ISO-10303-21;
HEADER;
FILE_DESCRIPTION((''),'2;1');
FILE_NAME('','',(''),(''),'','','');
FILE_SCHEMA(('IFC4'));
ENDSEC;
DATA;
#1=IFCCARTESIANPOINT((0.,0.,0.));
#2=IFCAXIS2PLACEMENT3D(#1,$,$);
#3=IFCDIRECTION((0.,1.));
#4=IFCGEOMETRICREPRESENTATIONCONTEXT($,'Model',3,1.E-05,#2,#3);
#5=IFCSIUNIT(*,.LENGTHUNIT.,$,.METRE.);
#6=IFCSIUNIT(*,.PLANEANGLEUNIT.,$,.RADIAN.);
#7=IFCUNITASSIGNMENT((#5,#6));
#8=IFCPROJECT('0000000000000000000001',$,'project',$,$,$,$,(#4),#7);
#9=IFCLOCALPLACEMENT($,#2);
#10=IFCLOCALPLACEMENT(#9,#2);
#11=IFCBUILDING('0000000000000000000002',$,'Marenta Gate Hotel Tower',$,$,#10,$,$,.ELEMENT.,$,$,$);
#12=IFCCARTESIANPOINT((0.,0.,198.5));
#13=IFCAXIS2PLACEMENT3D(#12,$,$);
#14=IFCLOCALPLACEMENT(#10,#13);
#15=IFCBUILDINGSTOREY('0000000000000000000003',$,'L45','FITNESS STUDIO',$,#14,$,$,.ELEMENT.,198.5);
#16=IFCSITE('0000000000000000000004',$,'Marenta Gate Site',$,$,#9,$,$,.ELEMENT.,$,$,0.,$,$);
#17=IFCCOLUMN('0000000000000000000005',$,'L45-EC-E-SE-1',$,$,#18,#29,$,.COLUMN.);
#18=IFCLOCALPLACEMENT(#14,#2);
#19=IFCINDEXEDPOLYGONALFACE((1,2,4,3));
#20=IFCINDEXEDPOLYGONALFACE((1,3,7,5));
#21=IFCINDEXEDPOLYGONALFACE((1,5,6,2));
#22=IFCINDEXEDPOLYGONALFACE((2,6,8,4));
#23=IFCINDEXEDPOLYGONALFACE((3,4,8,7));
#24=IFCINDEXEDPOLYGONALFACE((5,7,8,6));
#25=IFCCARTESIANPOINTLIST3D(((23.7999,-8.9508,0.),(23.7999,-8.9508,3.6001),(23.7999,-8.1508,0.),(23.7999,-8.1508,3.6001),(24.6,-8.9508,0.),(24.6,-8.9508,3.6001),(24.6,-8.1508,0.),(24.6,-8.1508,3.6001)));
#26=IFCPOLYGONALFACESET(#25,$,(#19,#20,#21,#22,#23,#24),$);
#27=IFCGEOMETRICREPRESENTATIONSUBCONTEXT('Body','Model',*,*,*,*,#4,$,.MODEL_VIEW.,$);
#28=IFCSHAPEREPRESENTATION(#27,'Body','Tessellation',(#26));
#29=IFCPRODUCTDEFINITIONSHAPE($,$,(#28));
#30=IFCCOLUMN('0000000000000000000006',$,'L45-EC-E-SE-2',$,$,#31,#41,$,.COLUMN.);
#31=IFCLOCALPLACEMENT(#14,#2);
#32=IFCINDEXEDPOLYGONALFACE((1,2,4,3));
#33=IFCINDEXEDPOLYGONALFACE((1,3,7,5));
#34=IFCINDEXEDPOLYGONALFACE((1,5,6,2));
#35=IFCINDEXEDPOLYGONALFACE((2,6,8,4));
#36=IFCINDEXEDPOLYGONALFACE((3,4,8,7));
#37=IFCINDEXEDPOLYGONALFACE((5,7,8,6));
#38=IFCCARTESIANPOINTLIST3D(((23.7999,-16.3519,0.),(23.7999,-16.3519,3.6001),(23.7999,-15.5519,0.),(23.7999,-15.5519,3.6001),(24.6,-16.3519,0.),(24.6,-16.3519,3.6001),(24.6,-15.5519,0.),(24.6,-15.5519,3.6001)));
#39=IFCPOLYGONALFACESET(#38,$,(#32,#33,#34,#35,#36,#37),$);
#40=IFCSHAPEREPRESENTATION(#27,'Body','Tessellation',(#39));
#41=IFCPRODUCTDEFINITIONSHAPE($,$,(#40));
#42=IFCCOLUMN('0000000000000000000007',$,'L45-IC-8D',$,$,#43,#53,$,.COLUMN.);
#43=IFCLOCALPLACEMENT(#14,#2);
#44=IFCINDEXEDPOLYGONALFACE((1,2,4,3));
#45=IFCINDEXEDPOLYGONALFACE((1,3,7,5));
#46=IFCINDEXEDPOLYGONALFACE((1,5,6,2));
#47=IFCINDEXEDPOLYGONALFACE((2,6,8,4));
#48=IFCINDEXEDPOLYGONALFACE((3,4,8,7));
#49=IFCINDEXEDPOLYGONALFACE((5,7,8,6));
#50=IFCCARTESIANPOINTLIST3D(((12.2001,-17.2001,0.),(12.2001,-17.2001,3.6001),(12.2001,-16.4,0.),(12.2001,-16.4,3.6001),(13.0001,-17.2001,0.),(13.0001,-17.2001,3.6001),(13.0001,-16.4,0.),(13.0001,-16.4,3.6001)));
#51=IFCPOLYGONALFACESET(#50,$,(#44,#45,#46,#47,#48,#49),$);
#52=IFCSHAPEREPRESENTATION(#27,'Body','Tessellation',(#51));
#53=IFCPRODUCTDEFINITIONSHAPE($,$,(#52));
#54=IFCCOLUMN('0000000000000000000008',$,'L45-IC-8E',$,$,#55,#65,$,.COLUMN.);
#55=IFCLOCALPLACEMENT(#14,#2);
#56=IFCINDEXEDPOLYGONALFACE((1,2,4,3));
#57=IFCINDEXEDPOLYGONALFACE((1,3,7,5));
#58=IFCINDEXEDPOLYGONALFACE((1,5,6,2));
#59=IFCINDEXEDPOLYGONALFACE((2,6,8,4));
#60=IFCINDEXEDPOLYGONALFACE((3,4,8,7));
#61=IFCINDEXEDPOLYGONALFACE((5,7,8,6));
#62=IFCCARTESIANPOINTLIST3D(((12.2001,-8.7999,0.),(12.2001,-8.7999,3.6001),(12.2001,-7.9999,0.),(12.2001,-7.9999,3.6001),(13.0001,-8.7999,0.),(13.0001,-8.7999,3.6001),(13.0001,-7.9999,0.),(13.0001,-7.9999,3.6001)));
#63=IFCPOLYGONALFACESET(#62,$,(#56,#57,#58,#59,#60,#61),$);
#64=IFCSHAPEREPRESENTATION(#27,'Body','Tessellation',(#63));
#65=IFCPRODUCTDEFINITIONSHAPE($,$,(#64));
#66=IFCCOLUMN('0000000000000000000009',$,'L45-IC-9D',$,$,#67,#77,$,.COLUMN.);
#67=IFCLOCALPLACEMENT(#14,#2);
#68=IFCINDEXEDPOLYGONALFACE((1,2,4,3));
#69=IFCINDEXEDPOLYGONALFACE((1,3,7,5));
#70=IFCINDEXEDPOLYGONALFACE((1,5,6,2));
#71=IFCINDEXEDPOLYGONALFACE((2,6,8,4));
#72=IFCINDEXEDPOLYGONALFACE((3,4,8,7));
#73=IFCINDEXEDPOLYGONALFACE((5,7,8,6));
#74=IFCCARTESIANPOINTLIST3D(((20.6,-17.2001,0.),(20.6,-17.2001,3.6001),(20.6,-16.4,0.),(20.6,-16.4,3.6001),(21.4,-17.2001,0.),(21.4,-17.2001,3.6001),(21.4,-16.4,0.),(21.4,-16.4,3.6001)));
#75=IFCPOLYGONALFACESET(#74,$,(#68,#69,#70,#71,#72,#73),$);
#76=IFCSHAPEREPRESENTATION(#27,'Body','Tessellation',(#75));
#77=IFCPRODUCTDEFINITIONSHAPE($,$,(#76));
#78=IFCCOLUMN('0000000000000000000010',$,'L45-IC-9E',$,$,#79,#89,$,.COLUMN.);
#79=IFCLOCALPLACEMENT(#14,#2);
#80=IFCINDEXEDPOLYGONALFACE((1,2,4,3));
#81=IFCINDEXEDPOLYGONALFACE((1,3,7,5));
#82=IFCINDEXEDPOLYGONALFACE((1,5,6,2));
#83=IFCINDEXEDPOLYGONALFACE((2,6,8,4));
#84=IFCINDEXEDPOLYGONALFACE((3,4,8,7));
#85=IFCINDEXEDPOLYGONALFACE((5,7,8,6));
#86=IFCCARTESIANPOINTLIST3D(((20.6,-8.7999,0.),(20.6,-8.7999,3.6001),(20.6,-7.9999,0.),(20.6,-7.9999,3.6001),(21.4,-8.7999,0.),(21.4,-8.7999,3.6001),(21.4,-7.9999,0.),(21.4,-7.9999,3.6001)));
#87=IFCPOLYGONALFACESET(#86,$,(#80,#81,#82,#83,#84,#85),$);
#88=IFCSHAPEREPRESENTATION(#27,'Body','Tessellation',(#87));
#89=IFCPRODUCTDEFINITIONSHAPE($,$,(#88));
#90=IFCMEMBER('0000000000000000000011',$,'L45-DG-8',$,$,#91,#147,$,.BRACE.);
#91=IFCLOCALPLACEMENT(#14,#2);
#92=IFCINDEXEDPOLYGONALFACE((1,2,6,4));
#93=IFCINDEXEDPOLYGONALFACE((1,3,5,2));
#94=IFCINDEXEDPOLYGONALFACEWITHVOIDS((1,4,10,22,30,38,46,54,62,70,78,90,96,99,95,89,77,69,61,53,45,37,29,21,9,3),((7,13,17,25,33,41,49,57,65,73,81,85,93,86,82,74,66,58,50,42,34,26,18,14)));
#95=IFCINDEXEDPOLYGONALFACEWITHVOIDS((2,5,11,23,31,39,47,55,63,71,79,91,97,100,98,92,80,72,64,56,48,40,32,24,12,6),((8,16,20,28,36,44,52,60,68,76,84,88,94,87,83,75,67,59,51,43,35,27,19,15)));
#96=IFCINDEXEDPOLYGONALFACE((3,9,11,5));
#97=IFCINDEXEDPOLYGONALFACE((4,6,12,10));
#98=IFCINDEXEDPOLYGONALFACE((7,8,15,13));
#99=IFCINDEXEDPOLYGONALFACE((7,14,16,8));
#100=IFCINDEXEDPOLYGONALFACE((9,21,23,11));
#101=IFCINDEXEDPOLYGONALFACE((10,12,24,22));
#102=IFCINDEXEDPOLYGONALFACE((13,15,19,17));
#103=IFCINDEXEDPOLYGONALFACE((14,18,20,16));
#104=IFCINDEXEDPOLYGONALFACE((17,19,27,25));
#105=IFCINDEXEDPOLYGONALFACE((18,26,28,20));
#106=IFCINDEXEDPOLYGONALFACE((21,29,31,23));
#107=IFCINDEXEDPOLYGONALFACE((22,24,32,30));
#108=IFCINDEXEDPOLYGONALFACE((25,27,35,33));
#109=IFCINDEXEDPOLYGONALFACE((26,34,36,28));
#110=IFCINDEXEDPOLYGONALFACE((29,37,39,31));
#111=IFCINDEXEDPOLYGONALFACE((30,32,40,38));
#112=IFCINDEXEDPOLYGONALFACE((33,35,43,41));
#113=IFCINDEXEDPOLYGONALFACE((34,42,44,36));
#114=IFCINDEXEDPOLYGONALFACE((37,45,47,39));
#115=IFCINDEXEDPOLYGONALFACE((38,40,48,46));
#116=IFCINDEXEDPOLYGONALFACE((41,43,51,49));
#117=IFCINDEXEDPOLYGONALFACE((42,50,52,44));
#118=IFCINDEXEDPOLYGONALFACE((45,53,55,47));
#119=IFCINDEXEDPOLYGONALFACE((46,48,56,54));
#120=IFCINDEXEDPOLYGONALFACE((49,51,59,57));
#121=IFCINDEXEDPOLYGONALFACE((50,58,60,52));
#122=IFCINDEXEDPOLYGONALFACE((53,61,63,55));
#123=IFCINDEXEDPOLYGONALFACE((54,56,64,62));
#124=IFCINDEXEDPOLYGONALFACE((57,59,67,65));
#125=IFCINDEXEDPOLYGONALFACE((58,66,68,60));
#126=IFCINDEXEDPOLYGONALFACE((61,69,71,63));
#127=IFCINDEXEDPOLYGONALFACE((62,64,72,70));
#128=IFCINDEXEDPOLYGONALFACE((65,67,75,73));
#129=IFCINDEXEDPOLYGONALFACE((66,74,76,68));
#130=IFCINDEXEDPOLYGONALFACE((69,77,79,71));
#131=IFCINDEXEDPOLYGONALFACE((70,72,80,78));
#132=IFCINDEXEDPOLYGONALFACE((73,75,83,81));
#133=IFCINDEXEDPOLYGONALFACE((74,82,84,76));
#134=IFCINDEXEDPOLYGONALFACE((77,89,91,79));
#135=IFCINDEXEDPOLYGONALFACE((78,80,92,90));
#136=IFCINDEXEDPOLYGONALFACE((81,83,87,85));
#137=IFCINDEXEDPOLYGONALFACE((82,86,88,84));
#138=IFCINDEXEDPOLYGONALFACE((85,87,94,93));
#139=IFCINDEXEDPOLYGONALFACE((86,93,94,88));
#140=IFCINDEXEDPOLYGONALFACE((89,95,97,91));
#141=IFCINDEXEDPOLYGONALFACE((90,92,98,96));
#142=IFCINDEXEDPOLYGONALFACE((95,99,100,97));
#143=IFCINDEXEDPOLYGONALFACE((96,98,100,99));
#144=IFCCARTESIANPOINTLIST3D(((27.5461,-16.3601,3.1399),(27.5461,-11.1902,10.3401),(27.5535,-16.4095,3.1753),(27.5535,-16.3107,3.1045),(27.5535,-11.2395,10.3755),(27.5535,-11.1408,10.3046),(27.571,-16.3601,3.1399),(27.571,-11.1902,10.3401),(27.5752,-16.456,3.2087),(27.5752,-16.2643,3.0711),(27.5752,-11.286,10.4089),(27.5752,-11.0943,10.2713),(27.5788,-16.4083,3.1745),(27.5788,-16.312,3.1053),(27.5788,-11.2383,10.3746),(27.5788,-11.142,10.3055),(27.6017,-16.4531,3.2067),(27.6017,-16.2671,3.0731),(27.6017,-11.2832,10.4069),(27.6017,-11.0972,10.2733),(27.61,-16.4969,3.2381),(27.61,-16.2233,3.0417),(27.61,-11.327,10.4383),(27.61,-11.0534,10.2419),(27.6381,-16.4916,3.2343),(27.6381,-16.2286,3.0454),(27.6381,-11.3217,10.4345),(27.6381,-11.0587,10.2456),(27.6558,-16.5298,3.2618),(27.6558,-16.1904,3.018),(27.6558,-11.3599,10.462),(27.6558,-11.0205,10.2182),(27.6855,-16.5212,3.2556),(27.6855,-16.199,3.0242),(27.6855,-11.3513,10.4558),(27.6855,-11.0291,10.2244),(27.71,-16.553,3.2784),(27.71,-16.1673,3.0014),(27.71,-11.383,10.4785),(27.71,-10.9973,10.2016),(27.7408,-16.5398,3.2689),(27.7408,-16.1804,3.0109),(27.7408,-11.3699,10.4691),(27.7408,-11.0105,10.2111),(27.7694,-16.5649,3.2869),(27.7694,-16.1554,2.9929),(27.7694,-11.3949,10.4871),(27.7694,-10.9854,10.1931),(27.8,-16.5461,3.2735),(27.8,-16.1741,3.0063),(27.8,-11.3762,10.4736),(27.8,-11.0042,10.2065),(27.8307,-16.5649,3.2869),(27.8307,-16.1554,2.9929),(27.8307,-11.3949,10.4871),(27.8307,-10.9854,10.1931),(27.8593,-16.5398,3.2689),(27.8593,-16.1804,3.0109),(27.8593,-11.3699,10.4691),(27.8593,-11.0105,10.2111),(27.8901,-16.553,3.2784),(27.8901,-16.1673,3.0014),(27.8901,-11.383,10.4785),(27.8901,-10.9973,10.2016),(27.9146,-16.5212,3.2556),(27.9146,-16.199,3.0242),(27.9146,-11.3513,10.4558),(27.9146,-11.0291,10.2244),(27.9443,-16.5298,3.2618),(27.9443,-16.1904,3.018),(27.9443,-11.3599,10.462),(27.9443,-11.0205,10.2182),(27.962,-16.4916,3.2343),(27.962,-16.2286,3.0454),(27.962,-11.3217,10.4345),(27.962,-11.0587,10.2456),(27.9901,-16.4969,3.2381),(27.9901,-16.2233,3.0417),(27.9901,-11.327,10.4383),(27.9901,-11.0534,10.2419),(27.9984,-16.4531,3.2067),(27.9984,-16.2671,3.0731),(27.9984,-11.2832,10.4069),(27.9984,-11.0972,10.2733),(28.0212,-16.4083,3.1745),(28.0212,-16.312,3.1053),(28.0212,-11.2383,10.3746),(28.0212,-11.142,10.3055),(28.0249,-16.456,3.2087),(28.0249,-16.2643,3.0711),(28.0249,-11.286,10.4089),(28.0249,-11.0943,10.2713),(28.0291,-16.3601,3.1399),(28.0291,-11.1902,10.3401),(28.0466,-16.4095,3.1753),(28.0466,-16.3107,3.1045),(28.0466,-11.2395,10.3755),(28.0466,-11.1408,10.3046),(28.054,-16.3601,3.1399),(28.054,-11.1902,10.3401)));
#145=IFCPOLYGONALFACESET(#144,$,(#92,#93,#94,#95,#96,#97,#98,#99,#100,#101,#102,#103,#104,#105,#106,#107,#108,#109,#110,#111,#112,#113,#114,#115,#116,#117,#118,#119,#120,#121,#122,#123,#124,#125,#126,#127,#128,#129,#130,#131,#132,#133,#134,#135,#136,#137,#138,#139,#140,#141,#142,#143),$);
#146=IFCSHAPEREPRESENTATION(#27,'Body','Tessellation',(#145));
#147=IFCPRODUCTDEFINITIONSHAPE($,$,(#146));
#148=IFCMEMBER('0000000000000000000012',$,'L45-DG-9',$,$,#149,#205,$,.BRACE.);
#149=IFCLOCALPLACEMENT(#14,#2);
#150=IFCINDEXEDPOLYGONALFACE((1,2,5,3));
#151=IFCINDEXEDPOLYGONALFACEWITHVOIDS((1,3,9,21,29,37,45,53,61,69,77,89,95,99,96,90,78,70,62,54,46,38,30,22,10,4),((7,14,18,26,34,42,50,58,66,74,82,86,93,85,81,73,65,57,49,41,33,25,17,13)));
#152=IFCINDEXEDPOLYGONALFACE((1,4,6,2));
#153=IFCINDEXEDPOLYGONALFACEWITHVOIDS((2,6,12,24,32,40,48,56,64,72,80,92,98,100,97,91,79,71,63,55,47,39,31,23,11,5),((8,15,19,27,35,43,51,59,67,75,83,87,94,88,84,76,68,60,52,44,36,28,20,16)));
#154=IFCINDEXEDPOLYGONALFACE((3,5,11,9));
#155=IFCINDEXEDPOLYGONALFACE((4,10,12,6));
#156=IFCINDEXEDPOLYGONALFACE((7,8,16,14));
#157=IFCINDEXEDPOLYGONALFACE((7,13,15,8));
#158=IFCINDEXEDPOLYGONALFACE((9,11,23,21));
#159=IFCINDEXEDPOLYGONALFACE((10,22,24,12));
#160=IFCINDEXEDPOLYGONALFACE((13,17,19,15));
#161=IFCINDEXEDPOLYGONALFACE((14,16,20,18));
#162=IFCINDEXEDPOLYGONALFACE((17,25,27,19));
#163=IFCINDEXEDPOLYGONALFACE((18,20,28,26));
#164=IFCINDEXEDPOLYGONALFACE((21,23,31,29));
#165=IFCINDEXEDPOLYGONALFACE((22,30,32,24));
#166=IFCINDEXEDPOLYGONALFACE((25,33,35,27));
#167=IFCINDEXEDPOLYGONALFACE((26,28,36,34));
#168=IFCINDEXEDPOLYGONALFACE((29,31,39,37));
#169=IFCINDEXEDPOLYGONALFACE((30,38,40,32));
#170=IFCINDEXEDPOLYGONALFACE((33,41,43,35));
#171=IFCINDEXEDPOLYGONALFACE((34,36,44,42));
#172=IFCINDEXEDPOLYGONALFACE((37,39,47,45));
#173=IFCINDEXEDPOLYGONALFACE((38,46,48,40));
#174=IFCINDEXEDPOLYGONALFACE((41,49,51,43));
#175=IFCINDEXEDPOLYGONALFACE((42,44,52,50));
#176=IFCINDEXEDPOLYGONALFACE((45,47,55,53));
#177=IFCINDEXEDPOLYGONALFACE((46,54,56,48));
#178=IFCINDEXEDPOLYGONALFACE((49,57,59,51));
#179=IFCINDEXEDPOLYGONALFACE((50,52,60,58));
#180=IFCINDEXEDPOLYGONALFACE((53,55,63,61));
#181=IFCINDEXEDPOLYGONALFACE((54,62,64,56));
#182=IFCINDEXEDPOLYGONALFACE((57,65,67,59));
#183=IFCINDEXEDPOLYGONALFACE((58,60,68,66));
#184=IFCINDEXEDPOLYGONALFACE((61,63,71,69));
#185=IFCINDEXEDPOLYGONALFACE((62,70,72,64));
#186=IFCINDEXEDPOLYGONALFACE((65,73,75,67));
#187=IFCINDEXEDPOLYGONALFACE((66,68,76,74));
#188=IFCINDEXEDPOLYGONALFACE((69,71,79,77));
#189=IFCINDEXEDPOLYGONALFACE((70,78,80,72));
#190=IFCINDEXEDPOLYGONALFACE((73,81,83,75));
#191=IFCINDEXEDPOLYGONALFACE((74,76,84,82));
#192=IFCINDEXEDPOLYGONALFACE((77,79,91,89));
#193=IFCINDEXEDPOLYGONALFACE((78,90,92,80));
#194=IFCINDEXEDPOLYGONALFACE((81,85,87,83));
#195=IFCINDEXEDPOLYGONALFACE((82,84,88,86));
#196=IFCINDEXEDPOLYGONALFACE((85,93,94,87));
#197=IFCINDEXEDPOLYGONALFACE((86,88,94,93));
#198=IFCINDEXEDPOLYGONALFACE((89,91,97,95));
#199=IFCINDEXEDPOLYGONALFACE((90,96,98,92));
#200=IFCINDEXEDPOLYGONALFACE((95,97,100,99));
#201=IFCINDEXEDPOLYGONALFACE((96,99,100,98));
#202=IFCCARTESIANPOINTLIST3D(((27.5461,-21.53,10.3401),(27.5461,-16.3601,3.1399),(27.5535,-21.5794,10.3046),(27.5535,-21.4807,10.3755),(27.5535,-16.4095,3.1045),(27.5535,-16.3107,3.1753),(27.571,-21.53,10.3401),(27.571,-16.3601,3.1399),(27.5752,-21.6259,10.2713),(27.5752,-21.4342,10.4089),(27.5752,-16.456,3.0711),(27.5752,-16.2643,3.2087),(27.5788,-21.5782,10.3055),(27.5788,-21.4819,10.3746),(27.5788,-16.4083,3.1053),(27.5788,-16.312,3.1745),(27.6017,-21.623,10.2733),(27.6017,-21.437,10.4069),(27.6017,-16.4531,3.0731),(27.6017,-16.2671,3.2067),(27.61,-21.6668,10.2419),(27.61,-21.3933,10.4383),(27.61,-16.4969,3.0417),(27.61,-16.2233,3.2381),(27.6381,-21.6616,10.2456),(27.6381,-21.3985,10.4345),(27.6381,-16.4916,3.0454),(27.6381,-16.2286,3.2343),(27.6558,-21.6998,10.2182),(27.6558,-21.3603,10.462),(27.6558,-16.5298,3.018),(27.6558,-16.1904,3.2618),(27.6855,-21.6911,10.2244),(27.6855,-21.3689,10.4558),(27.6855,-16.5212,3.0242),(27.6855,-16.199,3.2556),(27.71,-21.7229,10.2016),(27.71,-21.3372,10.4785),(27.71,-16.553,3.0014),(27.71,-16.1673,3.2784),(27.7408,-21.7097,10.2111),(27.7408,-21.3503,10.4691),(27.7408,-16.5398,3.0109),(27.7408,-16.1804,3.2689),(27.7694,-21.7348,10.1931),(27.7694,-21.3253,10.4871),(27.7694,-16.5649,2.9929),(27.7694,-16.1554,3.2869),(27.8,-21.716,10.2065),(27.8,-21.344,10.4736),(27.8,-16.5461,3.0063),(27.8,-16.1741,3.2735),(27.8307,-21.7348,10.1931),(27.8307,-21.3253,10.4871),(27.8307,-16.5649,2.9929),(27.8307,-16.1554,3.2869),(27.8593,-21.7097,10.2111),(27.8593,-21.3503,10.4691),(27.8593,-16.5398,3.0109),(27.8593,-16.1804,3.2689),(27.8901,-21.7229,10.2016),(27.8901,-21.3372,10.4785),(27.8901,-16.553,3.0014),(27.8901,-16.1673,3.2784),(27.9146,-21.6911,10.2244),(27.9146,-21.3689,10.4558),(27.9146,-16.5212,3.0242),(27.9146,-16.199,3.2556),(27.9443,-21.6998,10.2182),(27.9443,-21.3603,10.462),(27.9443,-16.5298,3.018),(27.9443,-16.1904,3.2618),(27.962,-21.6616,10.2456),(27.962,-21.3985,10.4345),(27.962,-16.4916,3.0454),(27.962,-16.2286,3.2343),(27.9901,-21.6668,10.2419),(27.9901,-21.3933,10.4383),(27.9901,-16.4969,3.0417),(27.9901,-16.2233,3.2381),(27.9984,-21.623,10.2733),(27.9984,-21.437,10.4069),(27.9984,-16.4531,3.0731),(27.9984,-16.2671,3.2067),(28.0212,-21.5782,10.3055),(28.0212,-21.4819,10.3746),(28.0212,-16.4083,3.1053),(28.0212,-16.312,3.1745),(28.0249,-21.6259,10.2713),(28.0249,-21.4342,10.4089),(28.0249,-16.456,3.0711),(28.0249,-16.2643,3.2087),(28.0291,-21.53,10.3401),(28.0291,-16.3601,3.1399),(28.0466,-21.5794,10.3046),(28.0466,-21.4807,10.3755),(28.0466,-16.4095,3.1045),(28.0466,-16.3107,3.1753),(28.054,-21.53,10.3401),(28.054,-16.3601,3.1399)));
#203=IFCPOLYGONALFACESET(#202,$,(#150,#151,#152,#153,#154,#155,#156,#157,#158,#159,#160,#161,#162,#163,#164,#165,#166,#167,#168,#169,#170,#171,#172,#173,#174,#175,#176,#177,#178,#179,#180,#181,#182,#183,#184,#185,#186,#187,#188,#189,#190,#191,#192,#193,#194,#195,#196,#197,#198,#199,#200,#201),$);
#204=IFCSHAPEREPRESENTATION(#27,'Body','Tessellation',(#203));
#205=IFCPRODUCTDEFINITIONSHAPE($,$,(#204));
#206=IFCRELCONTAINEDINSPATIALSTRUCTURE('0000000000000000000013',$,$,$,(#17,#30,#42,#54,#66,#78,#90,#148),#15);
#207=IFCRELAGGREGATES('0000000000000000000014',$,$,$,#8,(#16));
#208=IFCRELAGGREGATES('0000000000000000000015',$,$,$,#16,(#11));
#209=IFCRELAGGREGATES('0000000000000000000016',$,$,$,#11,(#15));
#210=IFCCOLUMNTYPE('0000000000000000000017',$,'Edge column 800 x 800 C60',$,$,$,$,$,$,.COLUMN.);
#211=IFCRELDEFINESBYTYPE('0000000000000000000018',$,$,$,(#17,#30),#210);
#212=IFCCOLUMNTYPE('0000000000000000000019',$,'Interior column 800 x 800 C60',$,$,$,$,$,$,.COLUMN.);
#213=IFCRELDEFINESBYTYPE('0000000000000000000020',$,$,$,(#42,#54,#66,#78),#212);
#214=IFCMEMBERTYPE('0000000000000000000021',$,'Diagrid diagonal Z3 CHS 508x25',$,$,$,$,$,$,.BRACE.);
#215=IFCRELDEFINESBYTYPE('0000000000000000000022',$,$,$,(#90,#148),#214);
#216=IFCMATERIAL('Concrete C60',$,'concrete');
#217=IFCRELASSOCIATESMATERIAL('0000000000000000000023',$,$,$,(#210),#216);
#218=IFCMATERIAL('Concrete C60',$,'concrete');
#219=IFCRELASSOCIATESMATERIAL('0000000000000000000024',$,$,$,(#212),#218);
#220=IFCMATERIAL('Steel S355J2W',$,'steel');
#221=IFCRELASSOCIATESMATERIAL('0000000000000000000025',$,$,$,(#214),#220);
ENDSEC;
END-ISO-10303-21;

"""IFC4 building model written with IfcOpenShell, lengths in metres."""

from ifc_helpers import new_model, si_unit, direction, frame, origin, origin_2d, place, context, subcontext, project, spatial, rectangle, hollow_circle, extrude, material, material_profile, profile_set, type_object, element, save


model = new_model("IFC4")

# Units and contexts
model_context = context("Model", 3, precision=1e-05, world=origin(), true_north=direction((0.0, 1.0)))
body_context = subcontext(model_context, "Body", "Model", "MODEL_VIEW")
ifc_project = project(units=[si_unit("LENGTHUNIT", "METRE"), si_unit("PLANEANGLEUNIT", "RADIAN")], contexts=[model_context])

# Site, building, storey
site_placement = place(None, origin())
site = spatial("IfcSite", under=ifc_project, at=site_placement, Name="Marenta Gate Site", CompositionType="ELEMENT", RefElevation=0.0)
building_placement = place(site_placement, origin())
building = spatial("IfcBuilding", under=site, at=building_placement, Name="Marenta Gate Hotel Tower", CompositionType="ELEMENT")
storey_placement = place(building_placement, frame((0.0, 0.0, 198.5)))
storey = spatial("IfcBuildingStorey", under=building, at=storey_placement, Name="L45", Description="FITNESS STUDIO", CompositionType="ELEMENT", Elevation=198.5)

# Columns
ifc_material_1 = material(Name="Concrete C60", Category="concrete")
ifc_material_profile_1 = material_profile(ifc_material_1, rectangle(XDim=0.8, YDim=0.8, at=origin_2d()), Name="800 x 800")
ifc_profile_set_1 = profile_set([ifc_material_profile_1], Name="Concrete C60")
column_type_1 = type_object("IfcColumnType", Name="Edge column 800 x 800 C60", PredefinedType="COLUMN", material=ifc_profile_set_1)
for number, where, z_axis, x_axis, name in (
    (1, (24.2, -8.5508, 0.0), (0.0, 0.0, 1.0), (1.0, 0.0, 0.0), "L45-EC-E-SE-1"),
    (2, (24.2, -15.9519, 0.0), (0.0, 0.0, 1.0), (1.0, 0.0, 0.0), "L45-EC-E-SE-2"),
):
    element("IfcColumn", number, at=place(storey_placement, frame(where, z_axis=z_axis, x_axis=x_axis)), inside=storey, type_object=column_type_1, Name=name, PredefinedType="COLUMN", context=body_context, shape_type="SweptSolid", body=[
        extrude(rectangle(XDim=0.8, YDim=0.8, at=origin_2d()), origin(), (0.0, 0.0, 1.0), 3.6001),
    ])
ifc_material_2 = material(Name="Concrete C60", Category="concrete")
ifc_material_profile_2 = material_profile(ifc_material_2, rectangle(XDim=0.8, YDim=0.8, at=origin_2d()), Name="800 x 800")
ifc_profile_set_2 = profile_set([ifc_material_profile_2], Name="Concrete C60")
column_type_2 = type_object("IfcColumnType", Name="Interior column 800 x 800 C60", PredefinedType="COLUMN", material=ifc_profile_set_2)
for number, where, z_axis, x_axis, name in (
    (3, (12.6001, -16.8, 0.0), (0.0, 0.0, 1.0), (1.0, 0.0, 0.0), "L45-IC-8D"),
    (4, (12.6001, -8.3999, 0.0), (0.0, 0.0, 1.0), (1.0, 0.0, 0.0), "L45-IC-8E"),
    (5, (21.0, -16.8, 0.0), (0.0, 0.0, 1.0), (1.0, 0.0, 0.0), "L45-IC-9D"),
    (6, (21.0, -8.3999, 0.0), (0.0, 0.0, 1.0), (1.0, 0.0, 0.0), "L45-IC-9E"),
):
    element("IfcColumn", number, at=place(storey_placement, frame(where, z_axis=z_axis, x_axis=x_axis)), inside=storey, type_object=column_type_2, Name=name, PredefinedType="COLUMN", context=body_context, shape_type="SweptSolid", body=[
        extrude(rectangle(XDim=0.8, YDim=0.8, at=origin_2d()), origin(), (0.0, 0.0, 1.0), 3.6001),
    ])

# Members
ifc_material_3 = material(Name="Steel S355J2W", Category="steel")
ifc_material_profile_3 = material_profile(ifc_material_3, hollow_circle(Radius=0.2539, WallThickness=0.0249, at=origin_2d()), Name="CHS 508x25")
ifc_profile_set_3 = profile_set([ifc_material_profile_3], Name="Steel S355J2W")
member_type_1 = type_object("IfcMemberType", Name="Diagrid diagonal Z3 CHS 508x25", PredefinedType="BRACE", material=ifc_profile_set_3)
for number, where, z_axis, x_axis, name in (
    (7, (27.8, -16.3601, 3.1399), (0.0, 0.583248, 0.812294), (-1.0, 0.0, 0.0), "L45-DG-8"),
    (8, (27.8, -16.3601, 3.1399), (0.0, -0.583248, 0.812294), (1.0, 0.0, 0.0), "L45-DG-9"),
):
    element("IfcMember", number, at=place(storey_placement, frame(where, z_axis=z_axis, x_axis=x_axis)), inside=storey, type_object=member_type_1, Name=name, PredefinedType="BRACE", context=body_context, shape_type="SweptSolid", body=[
        extrude(hollow_circle(Radius=0.2539, WallThickness=0.0249, at=origin_2d()), origin(), (0.0, 0.0, 1.0), 8.864),
    ])

save(model, "model.ifc")
